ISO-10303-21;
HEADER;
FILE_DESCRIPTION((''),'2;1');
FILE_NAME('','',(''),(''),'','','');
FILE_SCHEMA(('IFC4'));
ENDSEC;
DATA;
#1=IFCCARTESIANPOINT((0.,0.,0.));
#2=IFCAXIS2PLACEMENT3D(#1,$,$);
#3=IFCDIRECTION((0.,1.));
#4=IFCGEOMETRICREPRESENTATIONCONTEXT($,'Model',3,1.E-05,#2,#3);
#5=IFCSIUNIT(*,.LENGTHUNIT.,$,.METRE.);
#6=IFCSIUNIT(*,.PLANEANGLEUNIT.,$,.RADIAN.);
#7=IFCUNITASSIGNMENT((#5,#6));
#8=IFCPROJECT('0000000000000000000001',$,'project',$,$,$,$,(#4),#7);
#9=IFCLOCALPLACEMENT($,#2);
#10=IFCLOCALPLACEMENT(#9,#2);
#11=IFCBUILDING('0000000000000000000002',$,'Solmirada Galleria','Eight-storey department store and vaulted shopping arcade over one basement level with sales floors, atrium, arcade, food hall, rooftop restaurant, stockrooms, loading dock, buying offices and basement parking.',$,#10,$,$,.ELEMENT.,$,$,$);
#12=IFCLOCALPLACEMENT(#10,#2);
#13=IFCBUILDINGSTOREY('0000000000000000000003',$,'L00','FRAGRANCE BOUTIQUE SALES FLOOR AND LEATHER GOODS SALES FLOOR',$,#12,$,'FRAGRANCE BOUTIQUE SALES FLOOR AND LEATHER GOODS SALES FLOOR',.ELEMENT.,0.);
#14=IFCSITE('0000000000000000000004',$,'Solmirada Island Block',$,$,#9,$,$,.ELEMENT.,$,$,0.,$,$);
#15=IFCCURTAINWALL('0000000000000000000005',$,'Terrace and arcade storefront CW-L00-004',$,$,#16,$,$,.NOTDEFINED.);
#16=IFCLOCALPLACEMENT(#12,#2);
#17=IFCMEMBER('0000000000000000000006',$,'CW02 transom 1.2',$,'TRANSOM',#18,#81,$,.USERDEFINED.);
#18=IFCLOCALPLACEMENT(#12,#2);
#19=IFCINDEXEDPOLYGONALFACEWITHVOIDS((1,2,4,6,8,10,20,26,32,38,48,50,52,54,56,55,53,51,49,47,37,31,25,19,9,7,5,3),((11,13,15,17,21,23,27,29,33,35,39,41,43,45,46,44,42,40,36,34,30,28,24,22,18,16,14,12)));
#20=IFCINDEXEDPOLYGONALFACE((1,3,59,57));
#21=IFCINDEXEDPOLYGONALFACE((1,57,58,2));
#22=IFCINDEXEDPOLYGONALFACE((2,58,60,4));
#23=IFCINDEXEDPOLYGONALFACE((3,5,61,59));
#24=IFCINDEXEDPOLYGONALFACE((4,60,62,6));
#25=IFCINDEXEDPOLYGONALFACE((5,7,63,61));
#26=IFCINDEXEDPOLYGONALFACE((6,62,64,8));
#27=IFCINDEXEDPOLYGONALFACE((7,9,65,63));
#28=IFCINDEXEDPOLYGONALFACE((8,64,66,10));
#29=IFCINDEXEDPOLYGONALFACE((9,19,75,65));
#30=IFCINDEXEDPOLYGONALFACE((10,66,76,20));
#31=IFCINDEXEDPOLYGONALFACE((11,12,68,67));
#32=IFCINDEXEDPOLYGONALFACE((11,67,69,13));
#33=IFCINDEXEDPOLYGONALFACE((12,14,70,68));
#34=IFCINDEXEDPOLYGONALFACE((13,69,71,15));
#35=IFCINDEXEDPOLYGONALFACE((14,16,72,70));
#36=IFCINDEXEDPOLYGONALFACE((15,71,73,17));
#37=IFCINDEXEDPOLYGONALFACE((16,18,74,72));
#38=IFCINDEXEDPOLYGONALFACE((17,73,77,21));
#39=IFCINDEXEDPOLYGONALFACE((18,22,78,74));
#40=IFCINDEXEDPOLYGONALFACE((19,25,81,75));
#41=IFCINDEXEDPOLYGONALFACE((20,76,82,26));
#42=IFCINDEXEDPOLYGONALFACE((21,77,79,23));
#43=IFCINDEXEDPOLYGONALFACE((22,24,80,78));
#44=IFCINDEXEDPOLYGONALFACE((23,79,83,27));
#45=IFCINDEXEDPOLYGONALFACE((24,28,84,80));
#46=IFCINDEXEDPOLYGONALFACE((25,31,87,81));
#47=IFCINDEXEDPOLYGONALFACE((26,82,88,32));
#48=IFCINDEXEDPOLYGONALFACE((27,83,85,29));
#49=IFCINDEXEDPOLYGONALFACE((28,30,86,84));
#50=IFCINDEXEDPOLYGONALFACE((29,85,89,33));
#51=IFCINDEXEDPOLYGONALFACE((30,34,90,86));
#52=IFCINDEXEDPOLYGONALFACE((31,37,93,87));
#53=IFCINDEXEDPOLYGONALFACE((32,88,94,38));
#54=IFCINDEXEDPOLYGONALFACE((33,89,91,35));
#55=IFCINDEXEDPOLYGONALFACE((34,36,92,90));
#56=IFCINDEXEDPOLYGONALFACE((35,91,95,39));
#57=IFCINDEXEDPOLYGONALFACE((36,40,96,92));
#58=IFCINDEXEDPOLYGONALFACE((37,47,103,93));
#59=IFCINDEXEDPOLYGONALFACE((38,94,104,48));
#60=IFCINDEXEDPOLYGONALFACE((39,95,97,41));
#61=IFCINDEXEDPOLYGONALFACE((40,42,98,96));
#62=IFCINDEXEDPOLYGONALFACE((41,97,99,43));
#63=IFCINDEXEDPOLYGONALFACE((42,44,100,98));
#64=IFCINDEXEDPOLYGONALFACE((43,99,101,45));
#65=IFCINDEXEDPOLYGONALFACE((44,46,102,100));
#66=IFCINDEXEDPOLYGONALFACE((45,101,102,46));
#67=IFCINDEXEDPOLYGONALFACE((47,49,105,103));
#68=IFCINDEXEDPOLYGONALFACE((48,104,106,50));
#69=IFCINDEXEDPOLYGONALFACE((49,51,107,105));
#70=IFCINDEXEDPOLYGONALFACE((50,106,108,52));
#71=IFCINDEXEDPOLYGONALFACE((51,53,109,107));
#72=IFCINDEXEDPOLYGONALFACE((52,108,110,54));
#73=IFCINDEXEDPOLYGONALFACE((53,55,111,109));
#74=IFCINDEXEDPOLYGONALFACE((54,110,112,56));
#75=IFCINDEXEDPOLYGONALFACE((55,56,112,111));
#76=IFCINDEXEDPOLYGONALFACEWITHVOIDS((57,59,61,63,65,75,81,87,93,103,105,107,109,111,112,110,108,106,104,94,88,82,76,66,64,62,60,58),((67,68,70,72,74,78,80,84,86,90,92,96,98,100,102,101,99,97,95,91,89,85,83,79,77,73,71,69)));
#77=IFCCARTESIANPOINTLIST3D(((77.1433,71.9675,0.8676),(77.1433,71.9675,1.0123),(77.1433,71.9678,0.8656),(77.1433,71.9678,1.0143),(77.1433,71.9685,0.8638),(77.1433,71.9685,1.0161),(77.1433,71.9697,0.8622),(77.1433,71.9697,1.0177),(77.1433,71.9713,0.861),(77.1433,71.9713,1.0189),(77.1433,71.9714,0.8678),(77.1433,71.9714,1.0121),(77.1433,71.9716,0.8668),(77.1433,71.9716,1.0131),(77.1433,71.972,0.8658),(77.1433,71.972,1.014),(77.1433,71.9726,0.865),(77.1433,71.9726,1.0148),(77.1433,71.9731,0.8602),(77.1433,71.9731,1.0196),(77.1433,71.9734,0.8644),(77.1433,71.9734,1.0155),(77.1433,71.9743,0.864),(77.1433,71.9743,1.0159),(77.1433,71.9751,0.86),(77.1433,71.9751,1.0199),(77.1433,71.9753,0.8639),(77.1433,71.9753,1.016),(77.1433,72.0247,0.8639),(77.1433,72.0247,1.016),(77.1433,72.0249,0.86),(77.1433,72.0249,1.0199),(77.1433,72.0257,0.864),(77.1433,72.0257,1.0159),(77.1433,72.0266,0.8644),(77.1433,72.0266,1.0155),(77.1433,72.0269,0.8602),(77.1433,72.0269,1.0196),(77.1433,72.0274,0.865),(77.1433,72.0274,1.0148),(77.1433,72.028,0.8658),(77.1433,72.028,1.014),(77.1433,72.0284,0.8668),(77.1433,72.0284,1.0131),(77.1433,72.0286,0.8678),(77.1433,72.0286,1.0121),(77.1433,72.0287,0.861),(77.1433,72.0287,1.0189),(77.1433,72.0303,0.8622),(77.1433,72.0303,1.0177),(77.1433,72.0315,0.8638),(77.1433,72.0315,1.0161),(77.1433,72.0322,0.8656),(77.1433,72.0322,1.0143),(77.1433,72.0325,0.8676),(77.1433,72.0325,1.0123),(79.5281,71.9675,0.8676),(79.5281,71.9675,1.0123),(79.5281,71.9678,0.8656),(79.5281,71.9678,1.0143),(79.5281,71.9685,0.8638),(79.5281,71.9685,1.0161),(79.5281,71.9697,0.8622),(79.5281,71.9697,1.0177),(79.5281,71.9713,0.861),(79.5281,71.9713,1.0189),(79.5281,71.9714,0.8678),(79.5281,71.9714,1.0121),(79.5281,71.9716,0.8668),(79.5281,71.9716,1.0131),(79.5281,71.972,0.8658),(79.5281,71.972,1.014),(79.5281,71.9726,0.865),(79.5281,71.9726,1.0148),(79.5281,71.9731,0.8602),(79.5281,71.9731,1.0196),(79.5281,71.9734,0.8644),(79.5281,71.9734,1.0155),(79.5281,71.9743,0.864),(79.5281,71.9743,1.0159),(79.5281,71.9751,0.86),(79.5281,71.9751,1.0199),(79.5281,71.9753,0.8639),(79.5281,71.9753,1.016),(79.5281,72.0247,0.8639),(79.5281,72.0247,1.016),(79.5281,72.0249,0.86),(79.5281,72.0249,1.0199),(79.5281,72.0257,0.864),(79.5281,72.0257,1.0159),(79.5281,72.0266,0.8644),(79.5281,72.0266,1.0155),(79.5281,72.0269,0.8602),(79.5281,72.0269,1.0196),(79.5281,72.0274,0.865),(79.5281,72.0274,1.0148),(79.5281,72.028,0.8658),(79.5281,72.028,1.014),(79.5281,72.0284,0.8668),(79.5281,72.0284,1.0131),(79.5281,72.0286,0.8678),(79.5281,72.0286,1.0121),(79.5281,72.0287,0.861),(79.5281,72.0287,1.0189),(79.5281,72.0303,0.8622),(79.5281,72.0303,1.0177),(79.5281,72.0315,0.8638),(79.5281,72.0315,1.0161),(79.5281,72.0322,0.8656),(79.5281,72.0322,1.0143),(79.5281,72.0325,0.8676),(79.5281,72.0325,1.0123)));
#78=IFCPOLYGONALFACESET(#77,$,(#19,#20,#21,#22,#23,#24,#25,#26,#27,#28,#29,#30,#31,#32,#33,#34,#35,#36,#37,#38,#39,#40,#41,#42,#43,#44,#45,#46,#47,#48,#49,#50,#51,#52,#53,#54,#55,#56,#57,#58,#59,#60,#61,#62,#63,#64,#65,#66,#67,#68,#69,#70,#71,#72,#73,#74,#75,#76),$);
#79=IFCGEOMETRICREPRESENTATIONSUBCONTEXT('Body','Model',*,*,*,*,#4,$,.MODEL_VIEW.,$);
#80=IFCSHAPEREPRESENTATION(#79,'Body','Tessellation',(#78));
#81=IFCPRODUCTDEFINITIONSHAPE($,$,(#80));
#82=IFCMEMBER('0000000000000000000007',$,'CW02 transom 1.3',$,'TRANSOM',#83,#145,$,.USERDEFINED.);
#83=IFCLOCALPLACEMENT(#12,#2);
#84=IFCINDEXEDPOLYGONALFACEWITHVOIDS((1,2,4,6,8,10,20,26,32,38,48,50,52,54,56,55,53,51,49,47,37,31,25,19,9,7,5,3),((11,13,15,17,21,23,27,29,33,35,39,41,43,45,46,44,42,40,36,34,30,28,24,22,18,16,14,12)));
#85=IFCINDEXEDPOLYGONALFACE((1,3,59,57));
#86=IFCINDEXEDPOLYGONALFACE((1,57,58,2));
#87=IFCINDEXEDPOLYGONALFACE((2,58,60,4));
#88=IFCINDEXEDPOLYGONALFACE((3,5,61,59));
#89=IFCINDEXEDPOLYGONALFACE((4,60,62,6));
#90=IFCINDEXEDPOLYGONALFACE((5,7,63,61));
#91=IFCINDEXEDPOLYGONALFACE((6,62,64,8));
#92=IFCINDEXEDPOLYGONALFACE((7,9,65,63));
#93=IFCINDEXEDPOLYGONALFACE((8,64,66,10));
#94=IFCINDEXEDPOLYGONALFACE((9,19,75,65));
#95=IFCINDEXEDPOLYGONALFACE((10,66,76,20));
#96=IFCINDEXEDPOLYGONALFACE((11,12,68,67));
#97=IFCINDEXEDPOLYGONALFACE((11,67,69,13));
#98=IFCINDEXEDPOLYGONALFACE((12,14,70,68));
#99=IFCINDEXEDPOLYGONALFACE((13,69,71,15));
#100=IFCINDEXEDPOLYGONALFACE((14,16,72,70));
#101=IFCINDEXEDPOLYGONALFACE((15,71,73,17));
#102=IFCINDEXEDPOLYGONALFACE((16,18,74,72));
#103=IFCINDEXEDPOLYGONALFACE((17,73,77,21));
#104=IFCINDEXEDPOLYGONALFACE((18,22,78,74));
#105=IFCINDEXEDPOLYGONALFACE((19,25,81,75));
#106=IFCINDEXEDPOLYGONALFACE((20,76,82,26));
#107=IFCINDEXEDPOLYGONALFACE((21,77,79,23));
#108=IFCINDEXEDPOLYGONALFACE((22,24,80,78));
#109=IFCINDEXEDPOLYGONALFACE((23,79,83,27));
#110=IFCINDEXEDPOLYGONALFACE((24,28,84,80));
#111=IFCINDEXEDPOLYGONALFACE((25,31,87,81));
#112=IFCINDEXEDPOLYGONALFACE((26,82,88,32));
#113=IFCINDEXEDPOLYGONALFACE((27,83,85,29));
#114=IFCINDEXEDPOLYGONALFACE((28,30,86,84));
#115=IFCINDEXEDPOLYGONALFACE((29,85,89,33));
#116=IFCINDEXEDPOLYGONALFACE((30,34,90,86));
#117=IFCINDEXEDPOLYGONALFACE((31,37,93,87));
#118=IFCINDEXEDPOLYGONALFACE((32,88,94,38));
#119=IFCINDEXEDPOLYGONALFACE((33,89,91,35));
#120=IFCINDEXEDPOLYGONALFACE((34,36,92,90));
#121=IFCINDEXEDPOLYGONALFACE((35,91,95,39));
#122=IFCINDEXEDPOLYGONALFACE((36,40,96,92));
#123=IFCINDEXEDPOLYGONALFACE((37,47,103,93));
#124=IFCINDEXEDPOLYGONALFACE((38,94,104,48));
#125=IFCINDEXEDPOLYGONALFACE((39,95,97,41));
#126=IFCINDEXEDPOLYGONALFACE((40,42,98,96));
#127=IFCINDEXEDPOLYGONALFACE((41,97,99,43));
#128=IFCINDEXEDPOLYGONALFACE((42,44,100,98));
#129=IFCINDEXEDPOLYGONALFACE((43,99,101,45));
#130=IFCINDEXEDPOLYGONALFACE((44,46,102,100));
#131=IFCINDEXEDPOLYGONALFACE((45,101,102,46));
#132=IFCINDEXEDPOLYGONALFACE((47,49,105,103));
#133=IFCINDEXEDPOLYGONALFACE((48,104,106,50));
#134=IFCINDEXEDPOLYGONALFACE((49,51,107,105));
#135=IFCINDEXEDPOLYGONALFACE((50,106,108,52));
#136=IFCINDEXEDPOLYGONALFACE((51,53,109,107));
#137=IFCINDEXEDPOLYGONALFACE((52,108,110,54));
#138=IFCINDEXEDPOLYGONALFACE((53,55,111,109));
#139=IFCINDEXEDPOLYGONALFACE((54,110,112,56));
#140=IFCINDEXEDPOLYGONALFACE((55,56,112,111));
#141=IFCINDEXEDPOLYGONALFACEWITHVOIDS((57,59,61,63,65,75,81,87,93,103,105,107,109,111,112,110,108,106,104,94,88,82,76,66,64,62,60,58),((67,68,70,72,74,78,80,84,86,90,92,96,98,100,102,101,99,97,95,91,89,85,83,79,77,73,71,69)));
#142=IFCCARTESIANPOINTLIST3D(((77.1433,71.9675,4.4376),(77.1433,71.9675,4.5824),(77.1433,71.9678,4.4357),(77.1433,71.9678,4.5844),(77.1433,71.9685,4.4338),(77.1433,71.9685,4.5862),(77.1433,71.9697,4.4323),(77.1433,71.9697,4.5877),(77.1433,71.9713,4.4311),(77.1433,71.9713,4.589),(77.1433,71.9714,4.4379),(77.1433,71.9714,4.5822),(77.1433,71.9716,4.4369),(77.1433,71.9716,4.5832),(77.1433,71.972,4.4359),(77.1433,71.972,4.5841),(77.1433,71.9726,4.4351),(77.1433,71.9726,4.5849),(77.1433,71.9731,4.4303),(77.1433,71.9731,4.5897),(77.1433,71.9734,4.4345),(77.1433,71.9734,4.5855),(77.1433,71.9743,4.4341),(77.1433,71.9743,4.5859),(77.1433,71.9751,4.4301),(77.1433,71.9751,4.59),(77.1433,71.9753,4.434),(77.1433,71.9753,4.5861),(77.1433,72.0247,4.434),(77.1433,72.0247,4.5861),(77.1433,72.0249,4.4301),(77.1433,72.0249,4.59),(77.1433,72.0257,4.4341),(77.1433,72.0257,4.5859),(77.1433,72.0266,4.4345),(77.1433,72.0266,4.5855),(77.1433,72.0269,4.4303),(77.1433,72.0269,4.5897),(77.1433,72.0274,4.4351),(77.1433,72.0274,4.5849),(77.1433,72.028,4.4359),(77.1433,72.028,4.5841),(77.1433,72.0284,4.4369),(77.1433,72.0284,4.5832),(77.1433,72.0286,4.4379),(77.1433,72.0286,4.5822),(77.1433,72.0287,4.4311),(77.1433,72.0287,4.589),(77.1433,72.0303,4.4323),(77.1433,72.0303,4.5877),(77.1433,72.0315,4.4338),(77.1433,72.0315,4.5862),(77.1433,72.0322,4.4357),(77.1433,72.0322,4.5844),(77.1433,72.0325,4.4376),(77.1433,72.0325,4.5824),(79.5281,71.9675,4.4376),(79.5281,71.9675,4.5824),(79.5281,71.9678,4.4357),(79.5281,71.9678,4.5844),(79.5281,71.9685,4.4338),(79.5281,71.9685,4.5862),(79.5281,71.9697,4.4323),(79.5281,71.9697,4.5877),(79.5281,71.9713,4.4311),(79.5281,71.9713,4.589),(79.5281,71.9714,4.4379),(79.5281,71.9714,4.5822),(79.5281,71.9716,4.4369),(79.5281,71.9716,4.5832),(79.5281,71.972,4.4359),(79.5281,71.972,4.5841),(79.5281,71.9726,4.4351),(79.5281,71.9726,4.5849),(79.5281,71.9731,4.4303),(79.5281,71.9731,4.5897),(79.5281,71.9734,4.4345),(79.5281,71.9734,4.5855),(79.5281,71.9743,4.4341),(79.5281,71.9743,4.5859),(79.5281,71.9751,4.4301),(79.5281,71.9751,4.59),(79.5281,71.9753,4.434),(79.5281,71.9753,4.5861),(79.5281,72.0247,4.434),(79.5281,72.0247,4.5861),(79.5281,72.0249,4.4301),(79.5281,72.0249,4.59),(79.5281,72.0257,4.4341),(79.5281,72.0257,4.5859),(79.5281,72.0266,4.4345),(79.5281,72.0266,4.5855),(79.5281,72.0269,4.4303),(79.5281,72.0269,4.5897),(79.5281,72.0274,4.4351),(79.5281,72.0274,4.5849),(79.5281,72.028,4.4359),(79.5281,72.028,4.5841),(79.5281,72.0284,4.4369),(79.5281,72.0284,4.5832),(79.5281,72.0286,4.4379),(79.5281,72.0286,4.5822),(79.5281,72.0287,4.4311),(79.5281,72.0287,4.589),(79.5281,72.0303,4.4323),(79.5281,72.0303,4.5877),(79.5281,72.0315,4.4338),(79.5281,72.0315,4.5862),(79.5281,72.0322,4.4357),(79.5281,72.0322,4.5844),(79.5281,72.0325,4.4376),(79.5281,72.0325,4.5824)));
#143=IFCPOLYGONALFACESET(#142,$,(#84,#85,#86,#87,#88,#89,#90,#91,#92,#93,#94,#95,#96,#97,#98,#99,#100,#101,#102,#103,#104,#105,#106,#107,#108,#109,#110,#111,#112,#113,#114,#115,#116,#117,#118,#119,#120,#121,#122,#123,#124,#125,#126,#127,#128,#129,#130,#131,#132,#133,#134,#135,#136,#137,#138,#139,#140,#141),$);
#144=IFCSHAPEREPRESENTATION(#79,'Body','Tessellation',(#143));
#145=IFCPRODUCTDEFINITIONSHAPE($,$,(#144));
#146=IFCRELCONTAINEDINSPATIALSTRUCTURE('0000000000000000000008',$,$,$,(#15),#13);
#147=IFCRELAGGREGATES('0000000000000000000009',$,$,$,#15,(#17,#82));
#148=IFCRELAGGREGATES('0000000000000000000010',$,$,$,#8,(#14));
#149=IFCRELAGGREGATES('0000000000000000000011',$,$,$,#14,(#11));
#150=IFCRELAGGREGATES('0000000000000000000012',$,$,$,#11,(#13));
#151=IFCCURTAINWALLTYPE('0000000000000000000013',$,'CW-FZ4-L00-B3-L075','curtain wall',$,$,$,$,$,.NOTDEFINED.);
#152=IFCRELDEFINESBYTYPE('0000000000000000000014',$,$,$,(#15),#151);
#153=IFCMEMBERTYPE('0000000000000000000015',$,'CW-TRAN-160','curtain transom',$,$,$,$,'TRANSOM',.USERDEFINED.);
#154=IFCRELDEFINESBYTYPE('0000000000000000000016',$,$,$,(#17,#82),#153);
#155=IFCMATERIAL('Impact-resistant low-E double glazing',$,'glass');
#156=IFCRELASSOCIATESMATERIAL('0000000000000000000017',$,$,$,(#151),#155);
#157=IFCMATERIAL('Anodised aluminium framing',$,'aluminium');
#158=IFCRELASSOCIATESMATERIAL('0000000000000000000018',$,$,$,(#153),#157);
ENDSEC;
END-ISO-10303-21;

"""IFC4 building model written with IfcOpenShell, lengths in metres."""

from ifc_helpers import new_model, si_unit, direction, frame, origin, origin_2d, place, context, subcontext, project, spatial, hollow_rectangle, extrude, material, material_profile, profile_set, type_object, element, aggregate, save


model = new_model("IFC4")

# Units and contexts
model_context = context("Model", 3, precision=1e-05, world=origin(), true_north=direction((0.0, 1.0)))
body_context = subcontext(model_context, "Body", "Model", "MODEL_VIEW")
ifc_project = project(units=[si_unit("LENGTHUNIT", "METRE"), si_unit("PLANEANGLEUNIT", "RADIAN")], contexts=[model_context])

# Site, building, storey
site_placement = place(None, origin())
site = spatial("IfcSite", under=ifc_project, at=site_placement, Name="Solmirada Island Block", CompositionType="ELEMENT", RefElevation=0.0)
building_placement = place(site_placement, origin())
building = spatial("IfcBuilding", under=site, at=building_placement, Name="Solmirada Galleria", Description="Eight-storey department store and vaulted shopping arcade over one basement level with sales floors, atrium, arcade, food hall, rooftop restaurant, stockrooms, loading dock, buying offices and basement parking.", CompositionType="ELEMENT")
storey_placement = place(building_placement, origin())
storey = spatial("IfcBuildingStorey", under=building, at=storey_placement, Name="L00", Description="FRAGRANCE BOUTIQUE SALES FLOOR AND LEATHER GOODS SALES FLOOR", LongName="FRAGRANCE BOUTIQUE SALES FLOOR AND LEATHER GOODS SALES FLOOR", CompositionType="ELEMENT", Elevation=0.0)

# Shared definitions
ifc_material_1 = material(Name="Impact-resistant low-E double glazing", Category="glass")
ifc_material_2 = material(Name="Anodised aluminium framing", Category="aluminium")

# Curtain wall
curtain_wall_type_1 = type_object("IfcCurtainWallType", Name="CW-FZ4-L00-B3-L075", Description="curtain wall", PredefinedType="NOTDEFINED", material=ifc_material_1)
curtain_wall_1_placement = place(storey_placement, origin())
curtain_wall_1 = element("IfcCurtainWall", 1, at=curtain_wall_1_placement, inside=storey, type_object=curtain_wall_type_1, Name="Terrace and arcade storefront CW-L00-004", PredefinedType="NOTDEFINED")

# Members
ifc_material_profile_1 = material_profile(ifc_material_2, hollow_rectangle(XDim=0.0649, YDim=0.1599, WallThickness=0.0039, InnerFilletRadius=0.0039, OuterFilletRadius=0.0076, at=origin_2d()), Name="ALU-TRAN-160X65")
ifc_profile_set_1 = profile_set([ifc_material_profile_1], Name="Anodised aluminium framing")
member_type_1 = type_object("IfcMemberType", Name="CW-TRAN-160", Description="curtain transom", ElementType="TRANSOM", PredefinedType="USERDEFINED", material=ifc_profile_set_1)
member_1_placement = place(storey_placement, frame((79.5281, 72.0, 0.9399), z_axis=(-1.0, 0.0, 0.0), x_axis=(0.0, -1.0, 0.0)))
member_1 = element("IfcMember", 2, at=member_1_placement, type_object=member_type_1, Name="CW02 transom 1.2", ObjectType="TRANSOM", PredefinedType="USERDEFINED", context=body_context, shape_type="SweptSolid", body=[
    extrude(hollow_rectangle(XDim=0.0649, YDim=0.1599, WallThickness=0.0039, InnerFilletRadius=0.0039, OuterFilletRadius=0.0076, at=origin_2d()), origin(), (0.0, 0.0, 1.0), 2.3848),
])
member_2_placement = place(storey_placement, frame((79.5281, 72.0, 4.51), z_axis=(-1.0, 0.0, 0.0), x_axis=(0.0, -1.0, 0.0)))
member_2 = element("IfcMember", 3, at=member_2_placement, type_object=member_type_1, Name="CW02 transom 1.3", ObjectType="TRANSOM", PredefinedType="USERDEFINED", context=body_context, shape_type="SweptSolid", body=[
    extrude(hollow_rectangle(XDim=0.0649, YDim=0.1599, WallThickness=0.0039, InnerFilletRadius=0.0039, OuterFilletRadius=0.0076, at=origin_2d()), origin(), (0.0, 0.0, 1.0), 2.3848),
])

aggregate(curtain_wall_1, [member_1, member_2])

save(model, "model.ifc")
